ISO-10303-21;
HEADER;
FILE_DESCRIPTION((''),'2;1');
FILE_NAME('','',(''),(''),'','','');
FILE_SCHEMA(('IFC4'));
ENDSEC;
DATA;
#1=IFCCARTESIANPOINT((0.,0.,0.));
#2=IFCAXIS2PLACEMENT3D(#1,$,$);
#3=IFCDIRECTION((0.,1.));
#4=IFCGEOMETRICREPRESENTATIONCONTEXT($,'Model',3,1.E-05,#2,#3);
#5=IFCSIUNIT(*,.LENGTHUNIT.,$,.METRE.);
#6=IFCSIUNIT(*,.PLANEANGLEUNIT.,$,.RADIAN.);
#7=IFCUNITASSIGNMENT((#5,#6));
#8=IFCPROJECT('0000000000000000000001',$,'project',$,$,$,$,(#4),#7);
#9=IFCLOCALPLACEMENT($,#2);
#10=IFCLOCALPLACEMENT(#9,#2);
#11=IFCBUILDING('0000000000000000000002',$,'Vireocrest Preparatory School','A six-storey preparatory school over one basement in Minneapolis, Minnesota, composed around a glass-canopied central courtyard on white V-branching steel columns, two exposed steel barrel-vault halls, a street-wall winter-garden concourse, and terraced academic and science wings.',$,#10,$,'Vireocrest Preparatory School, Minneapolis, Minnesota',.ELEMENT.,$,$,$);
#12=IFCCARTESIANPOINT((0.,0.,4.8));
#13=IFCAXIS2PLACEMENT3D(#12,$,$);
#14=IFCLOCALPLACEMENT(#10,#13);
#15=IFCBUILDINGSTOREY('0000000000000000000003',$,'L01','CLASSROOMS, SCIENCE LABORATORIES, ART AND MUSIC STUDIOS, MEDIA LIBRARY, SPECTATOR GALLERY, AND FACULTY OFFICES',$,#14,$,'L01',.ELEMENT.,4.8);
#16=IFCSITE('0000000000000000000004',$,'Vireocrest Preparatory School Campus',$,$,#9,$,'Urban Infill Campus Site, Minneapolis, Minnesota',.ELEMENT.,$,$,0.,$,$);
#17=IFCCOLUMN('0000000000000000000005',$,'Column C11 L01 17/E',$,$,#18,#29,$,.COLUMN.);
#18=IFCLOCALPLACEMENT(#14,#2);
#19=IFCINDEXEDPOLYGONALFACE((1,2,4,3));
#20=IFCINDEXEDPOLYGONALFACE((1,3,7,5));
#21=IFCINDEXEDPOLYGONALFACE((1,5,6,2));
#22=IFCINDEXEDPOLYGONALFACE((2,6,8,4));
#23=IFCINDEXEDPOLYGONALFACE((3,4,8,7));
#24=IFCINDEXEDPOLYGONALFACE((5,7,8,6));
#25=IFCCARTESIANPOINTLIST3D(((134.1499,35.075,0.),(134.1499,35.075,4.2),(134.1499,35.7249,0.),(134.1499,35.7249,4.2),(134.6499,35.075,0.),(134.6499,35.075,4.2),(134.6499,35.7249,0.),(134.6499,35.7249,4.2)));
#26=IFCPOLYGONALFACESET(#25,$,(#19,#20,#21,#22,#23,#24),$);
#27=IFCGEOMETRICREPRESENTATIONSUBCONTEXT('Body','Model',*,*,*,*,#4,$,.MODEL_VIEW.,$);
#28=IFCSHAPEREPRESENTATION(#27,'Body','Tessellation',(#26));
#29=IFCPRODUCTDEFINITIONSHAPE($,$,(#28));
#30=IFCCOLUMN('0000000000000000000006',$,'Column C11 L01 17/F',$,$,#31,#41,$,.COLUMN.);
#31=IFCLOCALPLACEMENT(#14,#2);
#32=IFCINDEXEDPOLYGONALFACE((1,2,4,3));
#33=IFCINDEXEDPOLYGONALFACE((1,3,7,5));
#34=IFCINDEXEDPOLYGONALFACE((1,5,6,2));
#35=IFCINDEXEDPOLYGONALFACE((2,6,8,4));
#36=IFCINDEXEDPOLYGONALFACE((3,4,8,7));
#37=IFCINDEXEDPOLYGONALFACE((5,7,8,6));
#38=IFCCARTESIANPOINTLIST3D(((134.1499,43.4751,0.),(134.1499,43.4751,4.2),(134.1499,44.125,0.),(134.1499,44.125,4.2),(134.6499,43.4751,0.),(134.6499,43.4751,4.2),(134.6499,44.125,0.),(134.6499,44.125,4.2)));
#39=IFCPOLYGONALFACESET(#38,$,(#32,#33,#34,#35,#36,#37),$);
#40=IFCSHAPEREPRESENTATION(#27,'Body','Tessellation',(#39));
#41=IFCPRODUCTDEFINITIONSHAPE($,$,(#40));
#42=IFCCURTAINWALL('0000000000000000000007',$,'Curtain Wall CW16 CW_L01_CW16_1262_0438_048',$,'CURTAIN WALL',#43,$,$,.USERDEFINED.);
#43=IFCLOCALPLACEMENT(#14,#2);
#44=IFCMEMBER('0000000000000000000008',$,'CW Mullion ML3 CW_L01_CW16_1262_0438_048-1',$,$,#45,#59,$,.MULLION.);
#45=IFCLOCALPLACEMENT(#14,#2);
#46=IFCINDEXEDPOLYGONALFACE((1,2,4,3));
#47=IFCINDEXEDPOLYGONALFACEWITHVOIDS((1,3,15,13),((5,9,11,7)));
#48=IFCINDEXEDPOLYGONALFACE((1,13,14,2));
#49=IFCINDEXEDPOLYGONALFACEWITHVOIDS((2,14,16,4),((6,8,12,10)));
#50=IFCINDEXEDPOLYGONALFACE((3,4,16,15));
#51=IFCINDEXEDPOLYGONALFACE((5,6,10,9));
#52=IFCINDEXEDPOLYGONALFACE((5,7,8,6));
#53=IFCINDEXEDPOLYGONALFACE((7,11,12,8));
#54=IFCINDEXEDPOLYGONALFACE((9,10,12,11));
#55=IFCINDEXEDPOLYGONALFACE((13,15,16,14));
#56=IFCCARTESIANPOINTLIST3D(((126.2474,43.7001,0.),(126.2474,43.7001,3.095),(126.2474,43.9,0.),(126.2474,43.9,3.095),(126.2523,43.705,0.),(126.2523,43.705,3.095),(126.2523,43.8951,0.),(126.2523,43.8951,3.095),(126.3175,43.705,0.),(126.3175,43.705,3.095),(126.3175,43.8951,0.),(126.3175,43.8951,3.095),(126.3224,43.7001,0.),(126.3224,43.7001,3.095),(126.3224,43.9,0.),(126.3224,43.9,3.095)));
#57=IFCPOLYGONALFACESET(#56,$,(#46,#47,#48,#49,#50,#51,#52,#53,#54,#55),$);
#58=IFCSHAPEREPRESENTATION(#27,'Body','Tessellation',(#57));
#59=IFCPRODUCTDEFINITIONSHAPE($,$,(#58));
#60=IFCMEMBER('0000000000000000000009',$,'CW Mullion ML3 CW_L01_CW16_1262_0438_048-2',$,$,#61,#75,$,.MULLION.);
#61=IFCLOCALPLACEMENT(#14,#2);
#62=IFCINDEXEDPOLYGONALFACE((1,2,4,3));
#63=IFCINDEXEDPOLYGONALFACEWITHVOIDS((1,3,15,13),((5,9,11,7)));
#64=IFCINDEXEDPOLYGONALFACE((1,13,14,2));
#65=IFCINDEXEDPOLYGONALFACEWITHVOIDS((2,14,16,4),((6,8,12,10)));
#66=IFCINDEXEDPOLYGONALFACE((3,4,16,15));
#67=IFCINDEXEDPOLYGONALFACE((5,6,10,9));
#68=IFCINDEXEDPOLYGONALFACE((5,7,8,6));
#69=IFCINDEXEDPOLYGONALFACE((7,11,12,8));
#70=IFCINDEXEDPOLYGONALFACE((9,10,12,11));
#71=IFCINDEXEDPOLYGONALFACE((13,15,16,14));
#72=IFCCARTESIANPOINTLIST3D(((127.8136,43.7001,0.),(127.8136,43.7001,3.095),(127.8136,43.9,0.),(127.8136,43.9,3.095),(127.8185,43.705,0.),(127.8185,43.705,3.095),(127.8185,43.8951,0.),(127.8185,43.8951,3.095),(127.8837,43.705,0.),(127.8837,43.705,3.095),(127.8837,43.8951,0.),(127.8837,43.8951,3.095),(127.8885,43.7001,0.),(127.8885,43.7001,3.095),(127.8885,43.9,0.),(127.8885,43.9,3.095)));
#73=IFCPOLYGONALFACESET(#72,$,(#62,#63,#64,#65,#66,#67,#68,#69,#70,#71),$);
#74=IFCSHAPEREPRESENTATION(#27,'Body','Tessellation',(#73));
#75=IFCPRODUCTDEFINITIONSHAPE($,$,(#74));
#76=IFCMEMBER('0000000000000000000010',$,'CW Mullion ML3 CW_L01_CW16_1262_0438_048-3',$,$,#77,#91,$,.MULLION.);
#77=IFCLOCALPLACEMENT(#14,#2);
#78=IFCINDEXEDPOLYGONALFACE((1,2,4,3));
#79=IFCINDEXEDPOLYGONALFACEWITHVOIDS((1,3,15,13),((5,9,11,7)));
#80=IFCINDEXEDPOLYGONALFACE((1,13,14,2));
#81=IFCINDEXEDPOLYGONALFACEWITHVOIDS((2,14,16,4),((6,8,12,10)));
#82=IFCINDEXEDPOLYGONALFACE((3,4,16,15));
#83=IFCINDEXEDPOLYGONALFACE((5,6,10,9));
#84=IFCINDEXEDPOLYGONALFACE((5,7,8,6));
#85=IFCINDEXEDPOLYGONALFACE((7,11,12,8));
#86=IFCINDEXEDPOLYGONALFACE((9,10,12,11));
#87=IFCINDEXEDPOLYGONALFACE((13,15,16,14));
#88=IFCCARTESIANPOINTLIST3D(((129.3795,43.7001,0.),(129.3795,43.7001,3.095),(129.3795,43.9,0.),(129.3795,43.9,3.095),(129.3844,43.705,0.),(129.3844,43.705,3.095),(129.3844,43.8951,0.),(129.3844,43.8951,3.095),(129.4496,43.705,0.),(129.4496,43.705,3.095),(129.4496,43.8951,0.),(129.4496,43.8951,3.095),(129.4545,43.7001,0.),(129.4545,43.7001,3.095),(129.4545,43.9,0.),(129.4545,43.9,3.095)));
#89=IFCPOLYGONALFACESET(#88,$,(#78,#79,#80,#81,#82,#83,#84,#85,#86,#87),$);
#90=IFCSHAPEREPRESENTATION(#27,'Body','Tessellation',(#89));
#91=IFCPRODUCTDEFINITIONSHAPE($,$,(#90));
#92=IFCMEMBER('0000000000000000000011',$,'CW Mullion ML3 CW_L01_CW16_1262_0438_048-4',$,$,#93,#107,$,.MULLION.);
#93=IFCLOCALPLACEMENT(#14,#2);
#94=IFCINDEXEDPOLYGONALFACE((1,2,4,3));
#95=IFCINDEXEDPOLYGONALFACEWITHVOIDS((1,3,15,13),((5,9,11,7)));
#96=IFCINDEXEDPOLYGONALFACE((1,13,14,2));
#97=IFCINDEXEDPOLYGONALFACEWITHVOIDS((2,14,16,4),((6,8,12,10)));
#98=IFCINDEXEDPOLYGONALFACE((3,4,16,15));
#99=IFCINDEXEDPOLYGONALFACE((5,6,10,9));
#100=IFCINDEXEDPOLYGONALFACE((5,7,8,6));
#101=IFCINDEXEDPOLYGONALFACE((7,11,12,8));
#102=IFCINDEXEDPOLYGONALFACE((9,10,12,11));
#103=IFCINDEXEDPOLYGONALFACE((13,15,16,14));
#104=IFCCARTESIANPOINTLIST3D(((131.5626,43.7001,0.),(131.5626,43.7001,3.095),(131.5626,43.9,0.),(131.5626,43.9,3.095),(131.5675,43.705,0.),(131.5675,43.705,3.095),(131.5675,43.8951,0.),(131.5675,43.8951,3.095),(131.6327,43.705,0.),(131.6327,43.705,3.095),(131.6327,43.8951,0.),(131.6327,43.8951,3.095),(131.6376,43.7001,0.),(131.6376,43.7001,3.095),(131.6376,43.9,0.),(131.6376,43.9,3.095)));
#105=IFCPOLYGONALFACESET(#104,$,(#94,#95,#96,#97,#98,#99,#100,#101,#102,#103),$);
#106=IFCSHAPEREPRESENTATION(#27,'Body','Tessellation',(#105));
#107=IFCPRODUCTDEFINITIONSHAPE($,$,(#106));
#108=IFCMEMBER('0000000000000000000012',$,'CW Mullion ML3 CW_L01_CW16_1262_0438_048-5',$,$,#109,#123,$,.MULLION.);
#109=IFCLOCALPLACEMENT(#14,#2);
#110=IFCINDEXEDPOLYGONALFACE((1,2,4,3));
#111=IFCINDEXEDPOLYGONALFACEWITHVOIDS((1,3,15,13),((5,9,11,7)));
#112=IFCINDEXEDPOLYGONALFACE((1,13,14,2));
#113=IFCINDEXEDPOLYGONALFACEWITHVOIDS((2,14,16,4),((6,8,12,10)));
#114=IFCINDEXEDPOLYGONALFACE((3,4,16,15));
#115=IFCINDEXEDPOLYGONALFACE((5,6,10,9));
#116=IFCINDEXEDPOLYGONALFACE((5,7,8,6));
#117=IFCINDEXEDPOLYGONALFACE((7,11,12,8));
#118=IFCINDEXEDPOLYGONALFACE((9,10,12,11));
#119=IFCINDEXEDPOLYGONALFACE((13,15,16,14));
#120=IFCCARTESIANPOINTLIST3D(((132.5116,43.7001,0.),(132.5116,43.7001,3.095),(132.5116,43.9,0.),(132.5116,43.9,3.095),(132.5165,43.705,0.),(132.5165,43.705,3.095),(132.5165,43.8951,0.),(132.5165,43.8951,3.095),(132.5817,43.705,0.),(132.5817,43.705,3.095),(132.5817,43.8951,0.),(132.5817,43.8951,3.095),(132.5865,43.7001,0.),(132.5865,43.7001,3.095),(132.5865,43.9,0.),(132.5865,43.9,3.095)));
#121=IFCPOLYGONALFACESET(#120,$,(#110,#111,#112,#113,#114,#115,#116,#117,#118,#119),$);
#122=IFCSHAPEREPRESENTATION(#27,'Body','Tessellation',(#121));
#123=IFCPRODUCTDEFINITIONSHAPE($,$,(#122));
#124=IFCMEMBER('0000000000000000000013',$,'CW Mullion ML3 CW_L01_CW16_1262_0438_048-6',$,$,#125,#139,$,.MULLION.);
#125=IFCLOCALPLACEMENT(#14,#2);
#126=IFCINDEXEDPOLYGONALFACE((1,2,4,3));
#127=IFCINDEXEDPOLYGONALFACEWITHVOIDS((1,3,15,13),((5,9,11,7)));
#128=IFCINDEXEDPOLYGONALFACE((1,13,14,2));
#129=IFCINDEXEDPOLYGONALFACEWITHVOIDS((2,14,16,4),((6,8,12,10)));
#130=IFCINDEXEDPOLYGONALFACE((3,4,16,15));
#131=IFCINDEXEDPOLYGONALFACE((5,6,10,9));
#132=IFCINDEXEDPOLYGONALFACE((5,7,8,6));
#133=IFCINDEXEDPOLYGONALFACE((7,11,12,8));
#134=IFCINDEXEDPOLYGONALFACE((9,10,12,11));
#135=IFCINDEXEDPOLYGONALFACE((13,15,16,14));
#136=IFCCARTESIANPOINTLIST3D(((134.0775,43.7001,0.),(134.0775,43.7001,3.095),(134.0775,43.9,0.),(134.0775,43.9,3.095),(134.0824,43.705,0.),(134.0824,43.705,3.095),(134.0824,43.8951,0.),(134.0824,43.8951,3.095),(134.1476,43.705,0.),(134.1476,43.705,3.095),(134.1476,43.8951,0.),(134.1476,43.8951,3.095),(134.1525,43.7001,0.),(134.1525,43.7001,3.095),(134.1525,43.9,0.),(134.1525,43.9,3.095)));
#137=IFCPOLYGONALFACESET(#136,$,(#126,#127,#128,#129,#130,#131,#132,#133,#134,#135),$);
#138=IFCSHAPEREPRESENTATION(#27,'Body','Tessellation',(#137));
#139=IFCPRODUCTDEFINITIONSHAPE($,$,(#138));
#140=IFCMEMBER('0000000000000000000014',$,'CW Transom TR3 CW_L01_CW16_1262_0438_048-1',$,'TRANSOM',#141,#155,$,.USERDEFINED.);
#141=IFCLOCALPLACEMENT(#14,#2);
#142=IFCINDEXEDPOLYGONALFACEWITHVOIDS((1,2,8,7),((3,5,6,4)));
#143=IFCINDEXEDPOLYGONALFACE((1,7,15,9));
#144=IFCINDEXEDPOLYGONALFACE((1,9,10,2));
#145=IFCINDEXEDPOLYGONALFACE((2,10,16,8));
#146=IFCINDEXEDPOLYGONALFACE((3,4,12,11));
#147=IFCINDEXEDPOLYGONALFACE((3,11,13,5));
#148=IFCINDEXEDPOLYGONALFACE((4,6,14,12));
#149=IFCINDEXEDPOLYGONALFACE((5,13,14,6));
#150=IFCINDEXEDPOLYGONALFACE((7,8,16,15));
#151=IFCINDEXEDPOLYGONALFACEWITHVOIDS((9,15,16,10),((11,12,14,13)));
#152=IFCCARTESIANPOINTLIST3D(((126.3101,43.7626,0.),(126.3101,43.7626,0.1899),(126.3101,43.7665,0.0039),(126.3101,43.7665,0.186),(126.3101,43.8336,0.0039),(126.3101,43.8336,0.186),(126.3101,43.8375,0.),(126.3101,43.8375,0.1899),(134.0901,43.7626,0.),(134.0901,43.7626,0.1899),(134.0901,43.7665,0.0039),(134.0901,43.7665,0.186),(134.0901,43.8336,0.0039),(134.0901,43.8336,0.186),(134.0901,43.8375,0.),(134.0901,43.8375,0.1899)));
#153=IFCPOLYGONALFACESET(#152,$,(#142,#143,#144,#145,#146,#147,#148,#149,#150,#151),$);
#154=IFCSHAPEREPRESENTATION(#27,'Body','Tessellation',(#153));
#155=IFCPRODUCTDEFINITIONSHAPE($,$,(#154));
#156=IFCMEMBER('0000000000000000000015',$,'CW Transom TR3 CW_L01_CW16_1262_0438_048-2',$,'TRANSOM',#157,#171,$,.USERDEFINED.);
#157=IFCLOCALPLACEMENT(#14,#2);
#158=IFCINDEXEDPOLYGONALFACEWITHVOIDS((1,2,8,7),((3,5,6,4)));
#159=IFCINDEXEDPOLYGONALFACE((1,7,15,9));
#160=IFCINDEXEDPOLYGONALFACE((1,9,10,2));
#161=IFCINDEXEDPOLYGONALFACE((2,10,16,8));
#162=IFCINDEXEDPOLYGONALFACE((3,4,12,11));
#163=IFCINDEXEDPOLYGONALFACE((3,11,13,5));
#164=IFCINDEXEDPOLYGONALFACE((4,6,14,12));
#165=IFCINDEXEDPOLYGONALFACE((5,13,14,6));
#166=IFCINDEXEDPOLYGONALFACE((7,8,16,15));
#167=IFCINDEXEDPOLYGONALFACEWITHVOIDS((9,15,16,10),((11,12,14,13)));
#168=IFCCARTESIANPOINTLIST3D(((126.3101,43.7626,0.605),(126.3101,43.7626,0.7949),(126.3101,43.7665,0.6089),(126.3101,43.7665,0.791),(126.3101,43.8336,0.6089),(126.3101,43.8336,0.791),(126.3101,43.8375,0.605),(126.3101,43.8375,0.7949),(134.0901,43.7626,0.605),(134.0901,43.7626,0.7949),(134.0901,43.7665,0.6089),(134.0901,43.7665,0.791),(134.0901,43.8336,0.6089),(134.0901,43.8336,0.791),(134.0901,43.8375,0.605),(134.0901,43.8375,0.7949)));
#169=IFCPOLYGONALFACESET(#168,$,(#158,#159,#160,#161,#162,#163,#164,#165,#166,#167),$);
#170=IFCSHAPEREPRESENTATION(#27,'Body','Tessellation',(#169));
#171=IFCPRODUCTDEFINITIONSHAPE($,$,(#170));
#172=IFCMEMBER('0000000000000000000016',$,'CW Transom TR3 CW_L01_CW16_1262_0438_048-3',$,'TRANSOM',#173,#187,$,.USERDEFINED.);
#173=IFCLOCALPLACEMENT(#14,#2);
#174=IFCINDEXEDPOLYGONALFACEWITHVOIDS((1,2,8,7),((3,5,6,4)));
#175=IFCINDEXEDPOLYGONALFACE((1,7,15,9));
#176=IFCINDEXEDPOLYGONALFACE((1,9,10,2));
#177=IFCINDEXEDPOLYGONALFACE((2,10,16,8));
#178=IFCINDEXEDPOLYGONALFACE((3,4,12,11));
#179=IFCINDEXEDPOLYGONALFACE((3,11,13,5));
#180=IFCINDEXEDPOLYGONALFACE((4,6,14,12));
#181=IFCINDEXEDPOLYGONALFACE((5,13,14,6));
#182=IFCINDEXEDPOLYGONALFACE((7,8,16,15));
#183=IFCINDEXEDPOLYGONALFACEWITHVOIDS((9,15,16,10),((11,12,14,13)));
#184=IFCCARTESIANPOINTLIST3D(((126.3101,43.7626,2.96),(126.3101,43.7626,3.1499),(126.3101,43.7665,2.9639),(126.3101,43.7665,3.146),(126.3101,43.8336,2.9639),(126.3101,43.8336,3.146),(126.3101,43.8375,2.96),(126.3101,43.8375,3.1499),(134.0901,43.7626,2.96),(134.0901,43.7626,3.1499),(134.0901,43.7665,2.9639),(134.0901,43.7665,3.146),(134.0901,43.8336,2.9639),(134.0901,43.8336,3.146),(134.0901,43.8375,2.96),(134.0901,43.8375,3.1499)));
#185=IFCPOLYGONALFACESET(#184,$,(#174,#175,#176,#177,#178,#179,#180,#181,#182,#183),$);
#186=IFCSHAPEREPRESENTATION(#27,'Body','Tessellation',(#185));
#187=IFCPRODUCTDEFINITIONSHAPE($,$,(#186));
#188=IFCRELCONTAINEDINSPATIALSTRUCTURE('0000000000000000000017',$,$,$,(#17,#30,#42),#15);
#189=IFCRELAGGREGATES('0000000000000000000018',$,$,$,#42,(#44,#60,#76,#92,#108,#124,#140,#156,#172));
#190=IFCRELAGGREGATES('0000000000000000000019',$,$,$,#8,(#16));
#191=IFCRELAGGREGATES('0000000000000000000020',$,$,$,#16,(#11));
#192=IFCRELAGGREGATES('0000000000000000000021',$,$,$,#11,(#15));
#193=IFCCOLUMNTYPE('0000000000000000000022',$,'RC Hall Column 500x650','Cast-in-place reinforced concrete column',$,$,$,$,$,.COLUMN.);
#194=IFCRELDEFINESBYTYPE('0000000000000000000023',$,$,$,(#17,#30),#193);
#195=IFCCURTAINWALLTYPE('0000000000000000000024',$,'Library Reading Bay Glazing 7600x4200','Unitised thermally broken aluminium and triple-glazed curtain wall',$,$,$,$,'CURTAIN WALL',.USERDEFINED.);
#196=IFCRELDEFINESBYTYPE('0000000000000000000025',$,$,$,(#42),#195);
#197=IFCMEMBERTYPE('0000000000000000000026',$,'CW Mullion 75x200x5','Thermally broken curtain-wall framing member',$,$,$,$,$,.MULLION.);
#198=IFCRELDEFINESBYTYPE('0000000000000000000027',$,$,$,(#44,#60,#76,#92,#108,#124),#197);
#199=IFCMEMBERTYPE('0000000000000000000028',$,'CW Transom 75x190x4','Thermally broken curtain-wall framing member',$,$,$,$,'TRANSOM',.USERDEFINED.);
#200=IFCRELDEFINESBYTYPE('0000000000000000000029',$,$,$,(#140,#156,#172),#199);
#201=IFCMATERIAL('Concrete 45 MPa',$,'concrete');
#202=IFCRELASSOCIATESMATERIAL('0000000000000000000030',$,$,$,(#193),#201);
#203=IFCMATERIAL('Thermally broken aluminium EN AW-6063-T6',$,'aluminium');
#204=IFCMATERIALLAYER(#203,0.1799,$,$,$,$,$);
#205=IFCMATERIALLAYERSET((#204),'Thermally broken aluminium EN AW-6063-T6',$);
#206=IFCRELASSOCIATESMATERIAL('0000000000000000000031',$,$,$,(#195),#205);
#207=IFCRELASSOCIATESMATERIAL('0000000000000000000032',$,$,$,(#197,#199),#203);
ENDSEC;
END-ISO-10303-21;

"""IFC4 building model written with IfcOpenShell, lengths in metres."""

from ifc_helpers import new_model, si_unit, direction, frame, origin, origin_2d, place, context, subcontext, project, spatial, rectangle, hollow_rectangle, extrude, material, layer, layer_set, material_profile, profile_set, type_object, element, aggregate, save


model = new_model("IFC4")

# Units and contexts
model_context = context("Model", 3, precision=1e-05, world=origin(), true_north=direction((0.0, 1.0)))
body_context = subcontext(model_context, "Body", "Model", "MODEL_VIEW")
ifc_project = project(units=[si_unit("LENGTHUNIT", "METRE"), si_unit("PLANEANGLEUNIT", "RADIAN")], contexts=[model_context])

# Site, building, storey
site_placement = place(None, origin())
site = spatial("IfcSite", under=ifc_project, at=site_placement, Name="Vireocrest Preparatory School Campus", LongName="Urban Infill Campus Site, Minneapolis, Minnesota", CompositionType="ELEMENT", RefElevation=0.0)
building_placement = place(site_placement, origin())
building = spatial("IfcBuilding", under=site, at=building_placement, Name="Vireocrest Preparatory School", Description="A six-storey preparatory school over one basement in Minneapolis, Minnesota, composed around a glass-canopied central courtyard on white V-branching steel columns, two exposed steel barrel-vault halls, a street-wall winter-garden concourse, and terraced academic and science wings.", LongName="Vireocrest Preparatory School, Minneapolis, Minnesota", CompositionType="ELEMENT")
storey_placement = place(building_placement, frame((0.0, 0.0, 4.8)))
storey = spatial("IfcBuildingStorey", under=building, at=storey_placement, Name="L01", Description="CLASSROOMS, SCIENCE LABORATORIES, ART AND MUSIC STUDIOS, MEDIA LIBRARY, SPECTATOR GALLERY, AND FACULTY OFFICES", LongName="L01", CompositionType="ELEMENT", Elevation=4.8)

# Columns
ifc_material_1 = material(Name="Concrete 45 MPa", Category="concrete")
ifc_material_profile_1 = material_profile(ifc_material_1, rectangle(XDim=0.5, YDim=0.6499, at=origin_2d()), Name="RC 500x650")
ifc_profile_set_1 = profile_set([ifc_material_profile_1], Name="Concrete 45 MPa")
column_type = type_object("IfcColumnType", Name="RC Hall Column 500x650", Description="Cast-in-place reinforced concrete column", PredefinedType="COLUMN", material=ifc_profile_set_1)
for number, where, z_axis, x_axis, name in (
    (1, (134.3999, 35.3999, 0.0), (0.0, 0.0, 1.0), (1.0, 0.0, 0.0), "Column C11 L01 17/E"),
    (2, (134.3999, 43.8, 0.0), (0.0, 0.0, 1.0), (1.0, 0.0, 0.0), "Column C11 L01 17/F"),
):
    element("IfcColumn", number, at=place(storey_placement, frame(where, z_axis=z_axis, x_axis=x_axis)), inside=storey, type_object=column_type, Name=name, PredefinedType="COLUMN", context=body_context, shape_type="SweptSolid", body=[
        extrude(rectangle(XDim=0.5, YDim=0.6499, at=origin_2d()), origin(), (0.0, 0.0, 1.0), 4.2),
    ])

# Curtain wall, members
ifc_material_2 = material(Name="Thermally broken aluminium EN AW-6063-T6", Category="aluminium")
ifc_layer_1 = layer(ifc_material_2, 0.1799)
ifc_layer_set_1 = layer_set([ifc_layer_1], Name="Thermally broken aluminium EN AW-6063-T6")
curtain_wall_type = type_object("IfcCurtainWallType", Name="Library Reading Bay Glazing 7600x4200", Description="Unitised thermally broken aluminium and triple-glazed curtain wall", ElementType="CURTAIN WALL", PredefinedType="USERDEFINED", material=ifc_layer_set_1)
curtain_wall_placement = place(storey_placement, origin())
curtain_wall = element("IfcCurtainWall", 3, at=curtain_wall_placement, inside=storey, type_object=curtain_wall_type, Name="Curtain Wall CW16 CW_L01_CW16_1262_0438_048", ObjectType="CURTAIN WALL", PredefinedType="USERDEFINED")
ifc_material_profile_2 = material_profile(ifc_material_2, hollow_rectangle(XDim=0.075, YDim=0.2, WallThickness=0.0049, at=origin_2d()), Name="ALU 75x200x5")
ifc_profile_set_2 = profile_set([ifc_material_profile_2], Name="Thermally broken aluminium EN AW-6063-T6")
member_type_1 = type_object("IfcMemberType", Name="CW Mullion 75x200x5", Description="Thermally broken curtain-wall framing member", PredefinedType="MULLION", material=ifc_profile_set_2)
member_1_placement = place(storey_placement, frame((126.2849, 43.8, 0.0), z_axis=(0.0, 0.0, 1.0), x_axis=(1.0, 0.0, 0.0)))
member_1 = element("IfcMember", 4, at=member_1_placement, type_object=member_type_1, Name="CW Mullion ML3 CW_L01_CW16_1262_0438_048-1", PredefinedType="MULLION", context=body_context, shape_type="SweptSolid", body=[
    extrude(hollow_rectangle(XDim=0.075, YDim=0.2, WallThickness=0.0049, at=origin_2d()), origin(), (0.0, 0.0, 1.0), 3.095),
])
member_2_placement = place(storey_placement, frame((127.8511, 43.8, 0.0), z_axis=(0.0, 0.0, 1.0), x_axis=(1.0, 0.0, 0.0)))
member_2 = element("IfcMember", 5, at=member_2_placement, type_object=member_type_1, Name="CW Mullion ML3 CW_L01_CW16_1262_0438_048-2", PredefinedType="MULLION", context=body_context, shape_type="SweptSolid", body=[
    extrude(hollow_rectangle(XDim=0.075, YDim=0.2, WallThickness=0.0049, at=origin_2d()), origin(), (0.0, 0.0, 1.0), 3.095),
])
member_3_placement = place(storey_placement, frame((129.417, 43.8, 0.0), z_axis=(0.0, 0.0, 1.0), x_axis=(1.0, 0.0, 0.0)))
member_3 = element("IfcMember", 6, at=member_3_placement, type_object=member_type_1, Name="CW Mullion ML3 CW_L01_CW16_1262_0438_048-3", PredefinedType="MULLION", context=body_context, shape_type="SweptSolid", body=[
    extrude(hollow_rectangle(XDim=0.075, YDim=0.2, WallThickness=0.0049, at=origin_2d()), origin(), (0.0, 0.0, 1.0), 3.095),
])
member_4_placement = place(storey_placement, frame((131.6001, 43.8, 0.0), z_axis=(0.0, 0.0, 1.0), x_axis=(1.0, 0.0, 0.0)))
member_4 = element("IfcMember", 7, at=member_4_placement, type_object=member_type_1, Name="CW Mullion ML3 CW_L01_CW16_1262_0438_048-4", PredefinedType="MULLION", context=body_context, shape_type="SweptSolid", body=[
    extrude(hollow_rectangle(XDim=0.075, YDim=0.2, WallThickness=0.0049, at=origin_2d()), origin(), (0.0, 0.0, 1.0), 3.095),
])
member_5_placement = place(storey_placement, frame((132.5491, 43.8, 0.0), z_axis=(0.0, 0.0, 1.0), x_axis=(1.0, 0.0, 0.0)))
member_5 = element("IfcMember", 8, at=member_5_placement, type_object=member_type_1, Name="CW Mullion ML3 CW_L01_CW16_1262_0438_048-5", PredefinedType="MULLION", context=body_context, shape_type="SweptSolid", body=[
    extrude(hollow_rectangle(XDim=0.075, YDim=0.2, WallThickness=0.0049, at=origin_2d()), origin(), (0.0, 0.0, 1.0), 3.095),
])
member_6_placement = place(storey_placement, frame((134.115, 43.8, 0.0), z_axis=(0.0, 0.0, 1.0), x_axis=(1.0, 0.0, 0.0)))
member_6 = element("IfcMember", 9, at=member_6_placement, type_object=member_type_1, Name="CW Mullion ML3 CW_L01_CW16_1262_0438_048-6", PredefinedType="MULLION", context=body_context, shape_type="SweptSolid", body=[
    extrude(hollow_rectangle(XDim=0.075, YDim=0.2, WallThickness=0.0049, at=origin_2d()), origin(), (0.0, 0.0, 1.0), 3.095),
])
ifc_material_profile_3 = material_profile(ifc_material_2, hollow_rectangle(XDim=0.075, YDim=0.1899, WallThickness=0.0039, at=origin_2d()), Name="ALU 75x190x4")
ifc_profile_set_3 = profile_set([ifc_material_profile_3], Name="Thermally broken aluminium EN AW-6063-T6")
member_type_2 = type_object("IfcMemberType", Name="CW Transom 75x190x4", Description="Thermally broken curtain-wall framing member", ElementType="TRANSOM", PredefinedType="USERDEFINED", material=ifc_profile_set_3)
member_7_placement = place(storey_placement, frame((126.3101, 43.8, 0.095), z_axis=(1.0, 0.0, 0.0), x_axis=(0.0, 1.0, 0.0)))
member_7 = element("IfcMember", 10, at=member_7_placement, type_object=member_type_2, Name="CW Transom TR3 CW_L01_CW16_1262_0438_048-1", ObjectType="TRANSOM", PredefinedType="USERDEFINED", context=body_context, shape_type="SweptSolid", body=[
    extrude(hollow_rectangle(XDim=0.075, YDim=0.1899, WallThickness=0.0039, at=origin_2d()), origin(), (0.0, 0.0, 1.0), 7.78),
])
member_8_placement = place(storey_placement, frame((126.3101, 43.8, 0.7), z_axis=(1.0, 0.0, 0.0), x_axis=(0.0, 1.0, 0.0)))
member_8 = element("IfcMember", 11, at=member_8_placement, type_object=member_type_2, Name="CW Transom TR3 CW_L01_CW16_1262_0438_048-2", ObjectType="TRANSOM", PredefinedType="USERDEFINED", context=body_context, shape_type="SweptSolid", body=[
    extrude(hollow_rectangle(XDim=0.075, YDim=0.1899, WallThickness=0.0039, at=origin_2d()), origin(), (0.0, 0.0, 1.0), 7.78),
])
member_9_placement = place(storey_placement, frame((126.3101, 43.8, 3.0549), z_axis=(1.0, 0.0, 0.0), x_axis=(0.0, 1.0, 0.0)))
member_9 = element("IfcMember", 12, at=member_9_placement, type_object=member_type_2, Name="CW Transom TR3 CW_L01_CW16_1262_0438_048-3", ObjectType="TRANSOM", PredefinedType="USERDEFINED", context=body_context, shape_type="SweptSolid", body=[
    extrude(hollow_rectangle(XDim=0.075, YDim=0.1899, WallThickness=0.0039, at=origin_2d()), origin(), (0.0, 0.0, 1.0), 7.78),
])

aggregate(curtain_wall, [member_1, member_2, member_3, member_4, member_5, member_6, member_7, member_8, member_9])

save(model, "model.ifc")
